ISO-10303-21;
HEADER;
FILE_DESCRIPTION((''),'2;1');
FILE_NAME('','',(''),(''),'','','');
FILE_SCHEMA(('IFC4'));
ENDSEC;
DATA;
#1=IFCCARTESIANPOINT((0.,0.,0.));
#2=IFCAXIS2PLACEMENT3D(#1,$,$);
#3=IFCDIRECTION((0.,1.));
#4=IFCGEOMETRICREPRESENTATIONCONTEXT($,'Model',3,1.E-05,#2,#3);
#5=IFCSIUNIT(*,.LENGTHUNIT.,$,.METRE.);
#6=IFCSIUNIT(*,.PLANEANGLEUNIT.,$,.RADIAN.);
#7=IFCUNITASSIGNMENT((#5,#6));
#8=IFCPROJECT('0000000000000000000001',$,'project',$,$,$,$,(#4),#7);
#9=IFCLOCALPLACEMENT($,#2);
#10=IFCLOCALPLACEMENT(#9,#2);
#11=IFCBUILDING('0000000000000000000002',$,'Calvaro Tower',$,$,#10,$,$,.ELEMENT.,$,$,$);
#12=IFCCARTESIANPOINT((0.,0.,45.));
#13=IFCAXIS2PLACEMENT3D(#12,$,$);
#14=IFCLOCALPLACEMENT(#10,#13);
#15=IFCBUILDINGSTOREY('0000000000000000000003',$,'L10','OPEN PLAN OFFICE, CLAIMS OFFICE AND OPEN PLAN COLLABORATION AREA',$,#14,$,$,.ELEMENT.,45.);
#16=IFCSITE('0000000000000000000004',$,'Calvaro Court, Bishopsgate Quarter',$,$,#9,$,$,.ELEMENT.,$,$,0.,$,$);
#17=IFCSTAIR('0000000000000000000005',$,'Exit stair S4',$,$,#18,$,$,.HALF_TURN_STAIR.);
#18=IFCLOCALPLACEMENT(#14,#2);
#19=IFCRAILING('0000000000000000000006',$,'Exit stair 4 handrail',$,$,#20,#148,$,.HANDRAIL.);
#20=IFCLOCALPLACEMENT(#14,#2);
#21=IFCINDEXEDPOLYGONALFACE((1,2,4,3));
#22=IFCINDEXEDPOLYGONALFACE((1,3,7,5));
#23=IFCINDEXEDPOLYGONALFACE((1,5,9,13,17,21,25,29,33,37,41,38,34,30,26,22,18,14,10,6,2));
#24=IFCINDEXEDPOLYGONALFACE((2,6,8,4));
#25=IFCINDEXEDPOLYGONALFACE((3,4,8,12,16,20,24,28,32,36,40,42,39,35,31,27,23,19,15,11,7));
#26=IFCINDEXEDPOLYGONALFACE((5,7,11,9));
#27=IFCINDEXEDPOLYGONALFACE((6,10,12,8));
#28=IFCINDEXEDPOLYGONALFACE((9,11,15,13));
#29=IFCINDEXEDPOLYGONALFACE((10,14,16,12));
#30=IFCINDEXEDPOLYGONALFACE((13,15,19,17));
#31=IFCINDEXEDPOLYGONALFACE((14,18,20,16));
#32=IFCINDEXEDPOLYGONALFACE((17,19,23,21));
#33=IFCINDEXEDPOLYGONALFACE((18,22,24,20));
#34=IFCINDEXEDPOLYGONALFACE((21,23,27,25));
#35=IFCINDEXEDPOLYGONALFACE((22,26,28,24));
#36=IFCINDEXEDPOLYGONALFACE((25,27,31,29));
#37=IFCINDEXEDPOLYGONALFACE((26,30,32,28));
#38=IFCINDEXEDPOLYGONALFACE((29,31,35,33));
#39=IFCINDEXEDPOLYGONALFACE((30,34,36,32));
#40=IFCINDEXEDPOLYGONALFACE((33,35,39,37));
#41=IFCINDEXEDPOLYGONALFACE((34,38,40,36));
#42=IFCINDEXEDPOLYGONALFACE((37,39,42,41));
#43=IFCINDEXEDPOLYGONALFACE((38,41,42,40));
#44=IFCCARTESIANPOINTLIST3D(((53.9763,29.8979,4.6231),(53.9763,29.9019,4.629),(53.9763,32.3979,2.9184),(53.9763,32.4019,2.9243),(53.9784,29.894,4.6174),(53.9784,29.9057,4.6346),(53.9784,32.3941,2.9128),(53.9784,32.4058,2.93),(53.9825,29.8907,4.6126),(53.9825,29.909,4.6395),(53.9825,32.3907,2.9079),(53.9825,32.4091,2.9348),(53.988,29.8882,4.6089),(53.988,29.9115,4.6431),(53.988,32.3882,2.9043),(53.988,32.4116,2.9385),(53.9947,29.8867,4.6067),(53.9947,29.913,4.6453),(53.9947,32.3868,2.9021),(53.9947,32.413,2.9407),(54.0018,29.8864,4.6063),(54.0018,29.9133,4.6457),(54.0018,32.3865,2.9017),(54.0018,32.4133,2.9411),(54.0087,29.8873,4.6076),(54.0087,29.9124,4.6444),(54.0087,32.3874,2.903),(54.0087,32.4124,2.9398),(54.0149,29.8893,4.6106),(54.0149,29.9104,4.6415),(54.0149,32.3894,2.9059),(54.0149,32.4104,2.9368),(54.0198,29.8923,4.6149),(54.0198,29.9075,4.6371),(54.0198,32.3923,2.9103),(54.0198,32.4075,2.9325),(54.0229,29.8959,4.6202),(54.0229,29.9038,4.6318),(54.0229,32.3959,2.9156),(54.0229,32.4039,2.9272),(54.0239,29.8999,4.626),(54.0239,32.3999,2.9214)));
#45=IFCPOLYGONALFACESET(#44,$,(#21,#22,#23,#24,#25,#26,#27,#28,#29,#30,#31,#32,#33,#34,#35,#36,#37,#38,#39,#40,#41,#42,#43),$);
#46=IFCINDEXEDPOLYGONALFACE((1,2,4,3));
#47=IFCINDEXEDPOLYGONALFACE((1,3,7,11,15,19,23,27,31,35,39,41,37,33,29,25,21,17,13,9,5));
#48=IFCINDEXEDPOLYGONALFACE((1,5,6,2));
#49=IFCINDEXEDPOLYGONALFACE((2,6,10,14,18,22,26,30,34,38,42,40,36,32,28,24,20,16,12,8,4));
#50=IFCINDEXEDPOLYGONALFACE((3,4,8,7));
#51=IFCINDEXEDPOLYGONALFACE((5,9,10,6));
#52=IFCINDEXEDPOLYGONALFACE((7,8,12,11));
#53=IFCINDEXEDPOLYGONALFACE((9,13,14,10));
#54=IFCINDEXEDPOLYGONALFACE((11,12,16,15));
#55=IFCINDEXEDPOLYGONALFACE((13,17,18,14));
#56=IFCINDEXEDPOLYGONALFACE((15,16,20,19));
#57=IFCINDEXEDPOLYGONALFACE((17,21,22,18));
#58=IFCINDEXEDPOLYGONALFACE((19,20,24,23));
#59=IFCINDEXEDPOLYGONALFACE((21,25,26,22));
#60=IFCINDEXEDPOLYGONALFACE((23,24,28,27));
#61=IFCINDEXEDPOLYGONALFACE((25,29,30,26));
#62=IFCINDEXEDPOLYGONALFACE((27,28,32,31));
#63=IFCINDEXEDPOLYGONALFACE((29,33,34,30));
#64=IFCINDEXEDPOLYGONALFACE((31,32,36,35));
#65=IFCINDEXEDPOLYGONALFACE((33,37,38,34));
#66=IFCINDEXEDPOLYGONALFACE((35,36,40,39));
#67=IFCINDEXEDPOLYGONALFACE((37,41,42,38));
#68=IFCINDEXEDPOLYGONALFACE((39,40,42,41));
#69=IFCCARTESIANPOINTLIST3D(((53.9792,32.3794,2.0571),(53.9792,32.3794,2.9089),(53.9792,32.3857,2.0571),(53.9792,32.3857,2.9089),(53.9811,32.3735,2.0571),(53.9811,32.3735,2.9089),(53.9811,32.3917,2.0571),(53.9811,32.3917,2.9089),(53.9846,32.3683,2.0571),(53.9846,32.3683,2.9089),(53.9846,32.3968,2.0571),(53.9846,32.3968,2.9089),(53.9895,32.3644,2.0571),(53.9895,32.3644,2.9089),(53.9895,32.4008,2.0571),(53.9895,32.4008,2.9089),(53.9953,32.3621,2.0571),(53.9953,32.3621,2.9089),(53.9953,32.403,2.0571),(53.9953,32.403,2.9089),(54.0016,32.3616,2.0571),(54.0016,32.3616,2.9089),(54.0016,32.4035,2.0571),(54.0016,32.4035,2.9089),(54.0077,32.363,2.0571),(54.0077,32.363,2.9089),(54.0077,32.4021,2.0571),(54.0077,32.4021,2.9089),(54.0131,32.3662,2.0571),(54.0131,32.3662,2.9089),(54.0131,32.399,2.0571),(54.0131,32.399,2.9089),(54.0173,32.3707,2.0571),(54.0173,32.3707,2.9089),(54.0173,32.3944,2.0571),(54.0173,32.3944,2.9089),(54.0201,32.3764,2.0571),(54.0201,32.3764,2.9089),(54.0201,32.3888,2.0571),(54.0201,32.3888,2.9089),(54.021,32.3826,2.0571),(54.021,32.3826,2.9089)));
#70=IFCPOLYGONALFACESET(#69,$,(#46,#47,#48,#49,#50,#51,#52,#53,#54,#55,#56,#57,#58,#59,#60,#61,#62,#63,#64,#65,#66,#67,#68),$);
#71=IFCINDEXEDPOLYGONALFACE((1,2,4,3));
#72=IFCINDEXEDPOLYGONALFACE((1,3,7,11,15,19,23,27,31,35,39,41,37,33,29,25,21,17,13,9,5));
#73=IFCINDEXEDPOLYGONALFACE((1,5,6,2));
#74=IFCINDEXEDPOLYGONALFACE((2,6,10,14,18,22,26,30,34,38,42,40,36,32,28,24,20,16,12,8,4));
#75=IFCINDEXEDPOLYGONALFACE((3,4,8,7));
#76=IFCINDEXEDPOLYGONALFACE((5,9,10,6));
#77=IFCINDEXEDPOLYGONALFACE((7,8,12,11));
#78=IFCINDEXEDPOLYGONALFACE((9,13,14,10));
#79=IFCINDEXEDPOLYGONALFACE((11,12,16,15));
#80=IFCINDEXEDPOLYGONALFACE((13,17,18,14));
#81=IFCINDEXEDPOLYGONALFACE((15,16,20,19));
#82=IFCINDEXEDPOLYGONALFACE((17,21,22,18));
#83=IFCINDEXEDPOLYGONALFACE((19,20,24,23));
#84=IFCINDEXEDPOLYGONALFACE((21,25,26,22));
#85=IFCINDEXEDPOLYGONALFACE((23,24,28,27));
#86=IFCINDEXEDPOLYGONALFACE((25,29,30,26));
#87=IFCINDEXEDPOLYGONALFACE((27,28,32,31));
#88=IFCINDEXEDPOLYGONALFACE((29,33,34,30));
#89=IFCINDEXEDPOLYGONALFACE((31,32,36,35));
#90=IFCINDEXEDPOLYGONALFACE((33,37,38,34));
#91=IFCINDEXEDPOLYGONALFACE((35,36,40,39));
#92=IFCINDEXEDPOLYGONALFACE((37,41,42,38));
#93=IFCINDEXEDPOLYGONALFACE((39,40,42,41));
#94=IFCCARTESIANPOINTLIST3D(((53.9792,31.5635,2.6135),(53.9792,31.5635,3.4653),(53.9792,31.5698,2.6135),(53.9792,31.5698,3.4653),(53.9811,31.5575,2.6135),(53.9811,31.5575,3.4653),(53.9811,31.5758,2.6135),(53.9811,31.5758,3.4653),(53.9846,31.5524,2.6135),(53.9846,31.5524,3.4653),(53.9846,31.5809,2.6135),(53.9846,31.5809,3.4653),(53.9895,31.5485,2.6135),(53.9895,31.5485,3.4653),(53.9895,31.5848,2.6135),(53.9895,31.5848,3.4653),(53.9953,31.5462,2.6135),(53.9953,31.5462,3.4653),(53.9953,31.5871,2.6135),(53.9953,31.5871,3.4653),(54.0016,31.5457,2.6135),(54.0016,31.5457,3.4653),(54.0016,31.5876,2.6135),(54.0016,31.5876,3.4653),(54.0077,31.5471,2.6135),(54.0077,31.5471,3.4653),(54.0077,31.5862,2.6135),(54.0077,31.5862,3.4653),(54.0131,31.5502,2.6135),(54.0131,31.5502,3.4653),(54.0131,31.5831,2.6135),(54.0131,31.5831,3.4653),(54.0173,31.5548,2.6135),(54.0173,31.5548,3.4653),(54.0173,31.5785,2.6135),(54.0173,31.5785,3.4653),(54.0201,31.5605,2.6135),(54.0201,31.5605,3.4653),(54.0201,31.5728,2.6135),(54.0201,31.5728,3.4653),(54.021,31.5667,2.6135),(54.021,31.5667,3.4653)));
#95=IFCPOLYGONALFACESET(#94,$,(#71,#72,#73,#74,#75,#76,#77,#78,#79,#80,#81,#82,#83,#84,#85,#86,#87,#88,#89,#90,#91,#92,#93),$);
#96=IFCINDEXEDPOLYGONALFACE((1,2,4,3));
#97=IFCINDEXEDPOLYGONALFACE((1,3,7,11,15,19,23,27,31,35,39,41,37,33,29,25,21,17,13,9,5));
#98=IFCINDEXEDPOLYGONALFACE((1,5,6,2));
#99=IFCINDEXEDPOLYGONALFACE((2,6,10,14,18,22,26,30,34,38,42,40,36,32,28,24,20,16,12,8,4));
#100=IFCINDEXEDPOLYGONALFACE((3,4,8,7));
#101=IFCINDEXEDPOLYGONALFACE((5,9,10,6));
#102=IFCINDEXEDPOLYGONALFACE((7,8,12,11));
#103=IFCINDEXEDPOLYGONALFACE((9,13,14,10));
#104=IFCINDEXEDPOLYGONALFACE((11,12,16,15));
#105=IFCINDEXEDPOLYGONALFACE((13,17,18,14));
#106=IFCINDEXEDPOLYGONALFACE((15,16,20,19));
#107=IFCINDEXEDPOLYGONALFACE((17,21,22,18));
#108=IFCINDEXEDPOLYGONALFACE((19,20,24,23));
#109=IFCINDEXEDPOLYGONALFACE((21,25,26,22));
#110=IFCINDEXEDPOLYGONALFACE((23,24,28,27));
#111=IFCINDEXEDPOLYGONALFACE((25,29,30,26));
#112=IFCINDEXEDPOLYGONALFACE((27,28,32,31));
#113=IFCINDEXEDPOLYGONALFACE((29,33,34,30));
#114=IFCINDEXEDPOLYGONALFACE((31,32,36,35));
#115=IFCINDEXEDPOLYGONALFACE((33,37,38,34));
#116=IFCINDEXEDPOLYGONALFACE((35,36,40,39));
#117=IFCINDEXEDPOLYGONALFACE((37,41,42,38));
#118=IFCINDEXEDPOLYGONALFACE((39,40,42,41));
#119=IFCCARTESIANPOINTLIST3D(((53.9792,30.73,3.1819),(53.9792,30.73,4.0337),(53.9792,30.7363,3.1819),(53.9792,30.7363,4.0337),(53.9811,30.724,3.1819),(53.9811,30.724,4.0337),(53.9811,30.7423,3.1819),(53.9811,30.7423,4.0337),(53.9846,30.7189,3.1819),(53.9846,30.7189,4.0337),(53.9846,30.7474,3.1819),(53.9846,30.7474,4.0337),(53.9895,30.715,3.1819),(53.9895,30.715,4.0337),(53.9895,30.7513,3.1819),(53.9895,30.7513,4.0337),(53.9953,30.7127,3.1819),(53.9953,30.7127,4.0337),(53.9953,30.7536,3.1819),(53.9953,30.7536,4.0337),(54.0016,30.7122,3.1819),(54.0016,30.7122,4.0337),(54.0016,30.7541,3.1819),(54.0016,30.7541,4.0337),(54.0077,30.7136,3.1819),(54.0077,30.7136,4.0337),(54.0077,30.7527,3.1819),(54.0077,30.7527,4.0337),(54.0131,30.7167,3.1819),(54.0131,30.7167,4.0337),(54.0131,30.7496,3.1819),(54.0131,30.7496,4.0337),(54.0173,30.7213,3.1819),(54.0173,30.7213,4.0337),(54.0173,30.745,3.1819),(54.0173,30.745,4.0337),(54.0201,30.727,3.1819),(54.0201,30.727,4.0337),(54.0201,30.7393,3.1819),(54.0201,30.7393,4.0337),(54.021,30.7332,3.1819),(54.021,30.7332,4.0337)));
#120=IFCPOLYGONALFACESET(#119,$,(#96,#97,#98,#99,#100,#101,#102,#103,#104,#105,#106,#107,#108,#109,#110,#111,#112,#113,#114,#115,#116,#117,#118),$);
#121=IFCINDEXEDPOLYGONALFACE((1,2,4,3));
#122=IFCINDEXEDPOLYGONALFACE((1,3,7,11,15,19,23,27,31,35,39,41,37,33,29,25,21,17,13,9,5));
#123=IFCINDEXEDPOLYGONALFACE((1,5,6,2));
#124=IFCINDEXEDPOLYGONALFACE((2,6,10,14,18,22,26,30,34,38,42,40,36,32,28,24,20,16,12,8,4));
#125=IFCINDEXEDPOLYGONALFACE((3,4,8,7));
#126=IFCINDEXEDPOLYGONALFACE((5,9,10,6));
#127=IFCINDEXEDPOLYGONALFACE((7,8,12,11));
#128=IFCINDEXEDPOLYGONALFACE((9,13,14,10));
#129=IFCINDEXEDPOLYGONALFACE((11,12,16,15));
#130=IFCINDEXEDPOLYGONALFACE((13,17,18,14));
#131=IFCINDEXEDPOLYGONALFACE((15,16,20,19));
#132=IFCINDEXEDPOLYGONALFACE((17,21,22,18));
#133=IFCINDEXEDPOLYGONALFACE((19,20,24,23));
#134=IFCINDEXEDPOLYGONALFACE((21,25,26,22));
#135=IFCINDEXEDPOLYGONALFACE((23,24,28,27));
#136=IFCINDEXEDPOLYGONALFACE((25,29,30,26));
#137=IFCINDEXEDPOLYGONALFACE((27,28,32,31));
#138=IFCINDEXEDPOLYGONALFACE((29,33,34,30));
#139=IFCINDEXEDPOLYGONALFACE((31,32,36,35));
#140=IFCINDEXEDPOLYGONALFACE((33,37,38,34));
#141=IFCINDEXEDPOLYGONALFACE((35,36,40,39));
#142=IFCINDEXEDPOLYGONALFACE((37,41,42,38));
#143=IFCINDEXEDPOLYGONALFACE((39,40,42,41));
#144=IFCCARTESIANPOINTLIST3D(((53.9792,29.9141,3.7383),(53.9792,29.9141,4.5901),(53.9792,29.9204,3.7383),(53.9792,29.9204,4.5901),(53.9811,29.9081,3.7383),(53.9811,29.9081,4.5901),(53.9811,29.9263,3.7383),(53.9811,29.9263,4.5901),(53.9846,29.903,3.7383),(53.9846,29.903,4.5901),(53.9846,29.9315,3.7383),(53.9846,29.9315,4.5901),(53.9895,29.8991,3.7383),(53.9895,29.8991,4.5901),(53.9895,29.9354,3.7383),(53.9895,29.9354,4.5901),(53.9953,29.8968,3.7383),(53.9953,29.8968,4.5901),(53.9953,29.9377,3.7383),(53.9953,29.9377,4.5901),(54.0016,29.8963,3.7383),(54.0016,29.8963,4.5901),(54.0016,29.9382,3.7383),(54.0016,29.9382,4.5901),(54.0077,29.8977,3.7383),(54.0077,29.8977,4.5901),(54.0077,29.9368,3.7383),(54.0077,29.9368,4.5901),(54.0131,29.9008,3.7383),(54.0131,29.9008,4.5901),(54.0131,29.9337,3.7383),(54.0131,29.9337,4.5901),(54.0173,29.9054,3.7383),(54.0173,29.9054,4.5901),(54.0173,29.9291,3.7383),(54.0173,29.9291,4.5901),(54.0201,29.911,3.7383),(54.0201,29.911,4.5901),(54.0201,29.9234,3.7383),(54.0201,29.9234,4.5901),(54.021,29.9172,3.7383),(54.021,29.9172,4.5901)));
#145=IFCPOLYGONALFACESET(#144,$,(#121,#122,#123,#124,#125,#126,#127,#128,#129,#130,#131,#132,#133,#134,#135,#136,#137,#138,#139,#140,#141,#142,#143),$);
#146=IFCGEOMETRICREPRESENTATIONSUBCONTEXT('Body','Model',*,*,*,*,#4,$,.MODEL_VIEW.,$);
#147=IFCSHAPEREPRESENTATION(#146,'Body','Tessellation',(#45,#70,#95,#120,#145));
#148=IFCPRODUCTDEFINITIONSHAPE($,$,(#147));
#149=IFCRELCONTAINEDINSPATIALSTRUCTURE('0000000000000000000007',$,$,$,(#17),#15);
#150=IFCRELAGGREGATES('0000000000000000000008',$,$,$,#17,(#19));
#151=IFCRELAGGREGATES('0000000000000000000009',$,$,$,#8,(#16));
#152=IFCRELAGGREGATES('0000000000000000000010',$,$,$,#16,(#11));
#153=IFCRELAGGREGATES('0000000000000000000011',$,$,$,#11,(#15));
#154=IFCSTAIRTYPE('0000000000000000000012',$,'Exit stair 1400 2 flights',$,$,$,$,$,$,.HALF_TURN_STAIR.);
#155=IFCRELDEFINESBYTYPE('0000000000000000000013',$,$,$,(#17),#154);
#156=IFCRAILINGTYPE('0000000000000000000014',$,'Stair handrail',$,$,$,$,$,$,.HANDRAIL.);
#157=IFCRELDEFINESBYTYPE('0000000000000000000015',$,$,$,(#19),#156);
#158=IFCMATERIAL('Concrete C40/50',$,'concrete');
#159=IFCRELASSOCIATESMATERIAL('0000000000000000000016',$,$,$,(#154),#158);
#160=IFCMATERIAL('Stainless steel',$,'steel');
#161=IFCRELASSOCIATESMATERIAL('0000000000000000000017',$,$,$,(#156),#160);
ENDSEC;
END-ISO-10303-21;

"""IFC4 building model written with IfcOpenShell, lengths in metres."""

from ifc_helpers import new_model, si_unit, direction, frame, origin, origin_2d, place, context, subcontext, project, spatial, circle, extrude, material, type_object, element, aggregate, save


model = new_model("IFC4")

# Units and contexts
model_context = context("Model", 3, precision=1e-05, world=origin(), true_north=direction((0.0, 1.0)))
body_context = subcontext(model_context, "Body", "Model", "MODEL_VIEW")
ifc_project = project(units=[si_unit("LENGTHUNIT", "METRE"), si_unit("PLANEANGLEUNIT", "RADIAN")], contexts=[model_context])

# Site, building, storey
site_placement = place(None, origin())
site = spatial("IfcSite", under=ifc_project, at=site_placement, Name="Calvaro Court, Bishopsgate Quarter", CompositionType="ELEMENT", RefElevation=0.0)
building_placement = place(site_placement, origin())
building = spatial("IfcBuilding", under=site, at=building_placement, Name="Calvaro Tower", CompositionType="ELEMENT")
storey_placement = place(building_placement, frame((0.0, 0.0, 45.0)))
storey = spatial("IfcBuildingStorey", under=building, at=storey_placement, Name="L10", Description="OPEN PLAN OFFICE, CLAIMS OFFICE AND OPEN PLAN COLLABORATION AREA", CompositionType="ELEMENT", Elevation=45.0)

# Shared definitions
ifc_material_1 = material(Name="Concrete C40/50", Category="concrete")
stair_type = type_object("IfcStairType", Name="Exit stair 1400 2 flights", PredefinedType="HALF_TURN_STAIR", material=ifc_material_1)

# Stair, railing
stair_1_placement = place(storey_placement, origin())
stair_1 = element("IfcStair", 1, at=stair_1_placement, inside=storey, type_object=stair_type, Name="Exit stair S4", PredefinedType="HALF_TURN_STAIR")
ifc_material_2 = material(Name="Stainless steel", Category="steel")
railing_type = type_object("IfcRailingType", Name="Stair handrail", PredefinedType="HANDRAIL", material=ifc_material_2)
railing_1_placement = place(storey_placement, frame((54.0, 32.3999, 2.0454)))
railing_1 = element("IfcRailing", 2, at=railing_1_placement, type_object=railing_type, Name="Exit stair 4 handrail", PredefinedType="HANDRAIL", context=body_context, shape_type="SweptSolid", body=[
    extrude(circle(Radius=0.0239, at=origin_2d()), frame((0.0, 0.0, 0.876), z_axis=(0.0, -0.826221, 0.563347), x_axis=(1.0, 0.0, 0.0)), (0.0, 0.0, 1.0), 3.0259),
    extrude(circle(Radius=0.021, at=origin_2d()), frame((0.0, -0.0173, 0.0117)), (0.0, 0.0, 1.0), 0.8518),
    extrude(circle(Radius=0.021, at=origin_2d()), frame((0.0, -0.8333, 0.5681)), (0.0, 0.0, 1.0), 0.8518),
    extrude(circle(Radius=0.021, at=origin_2d()), frame((0.0, -1.6667, 1.1365)), (0.0, 0.0, 1.0), 0.8518),
    extrude(circle(Radius=0.021, at=origin_2d()), frame((0.0, -2.4827, 1.6929)), (0.0, 0.0, 1.0), 0.8518),
])
aggregate(stair_1, [railing_1])

save(model, "model.ifc")
